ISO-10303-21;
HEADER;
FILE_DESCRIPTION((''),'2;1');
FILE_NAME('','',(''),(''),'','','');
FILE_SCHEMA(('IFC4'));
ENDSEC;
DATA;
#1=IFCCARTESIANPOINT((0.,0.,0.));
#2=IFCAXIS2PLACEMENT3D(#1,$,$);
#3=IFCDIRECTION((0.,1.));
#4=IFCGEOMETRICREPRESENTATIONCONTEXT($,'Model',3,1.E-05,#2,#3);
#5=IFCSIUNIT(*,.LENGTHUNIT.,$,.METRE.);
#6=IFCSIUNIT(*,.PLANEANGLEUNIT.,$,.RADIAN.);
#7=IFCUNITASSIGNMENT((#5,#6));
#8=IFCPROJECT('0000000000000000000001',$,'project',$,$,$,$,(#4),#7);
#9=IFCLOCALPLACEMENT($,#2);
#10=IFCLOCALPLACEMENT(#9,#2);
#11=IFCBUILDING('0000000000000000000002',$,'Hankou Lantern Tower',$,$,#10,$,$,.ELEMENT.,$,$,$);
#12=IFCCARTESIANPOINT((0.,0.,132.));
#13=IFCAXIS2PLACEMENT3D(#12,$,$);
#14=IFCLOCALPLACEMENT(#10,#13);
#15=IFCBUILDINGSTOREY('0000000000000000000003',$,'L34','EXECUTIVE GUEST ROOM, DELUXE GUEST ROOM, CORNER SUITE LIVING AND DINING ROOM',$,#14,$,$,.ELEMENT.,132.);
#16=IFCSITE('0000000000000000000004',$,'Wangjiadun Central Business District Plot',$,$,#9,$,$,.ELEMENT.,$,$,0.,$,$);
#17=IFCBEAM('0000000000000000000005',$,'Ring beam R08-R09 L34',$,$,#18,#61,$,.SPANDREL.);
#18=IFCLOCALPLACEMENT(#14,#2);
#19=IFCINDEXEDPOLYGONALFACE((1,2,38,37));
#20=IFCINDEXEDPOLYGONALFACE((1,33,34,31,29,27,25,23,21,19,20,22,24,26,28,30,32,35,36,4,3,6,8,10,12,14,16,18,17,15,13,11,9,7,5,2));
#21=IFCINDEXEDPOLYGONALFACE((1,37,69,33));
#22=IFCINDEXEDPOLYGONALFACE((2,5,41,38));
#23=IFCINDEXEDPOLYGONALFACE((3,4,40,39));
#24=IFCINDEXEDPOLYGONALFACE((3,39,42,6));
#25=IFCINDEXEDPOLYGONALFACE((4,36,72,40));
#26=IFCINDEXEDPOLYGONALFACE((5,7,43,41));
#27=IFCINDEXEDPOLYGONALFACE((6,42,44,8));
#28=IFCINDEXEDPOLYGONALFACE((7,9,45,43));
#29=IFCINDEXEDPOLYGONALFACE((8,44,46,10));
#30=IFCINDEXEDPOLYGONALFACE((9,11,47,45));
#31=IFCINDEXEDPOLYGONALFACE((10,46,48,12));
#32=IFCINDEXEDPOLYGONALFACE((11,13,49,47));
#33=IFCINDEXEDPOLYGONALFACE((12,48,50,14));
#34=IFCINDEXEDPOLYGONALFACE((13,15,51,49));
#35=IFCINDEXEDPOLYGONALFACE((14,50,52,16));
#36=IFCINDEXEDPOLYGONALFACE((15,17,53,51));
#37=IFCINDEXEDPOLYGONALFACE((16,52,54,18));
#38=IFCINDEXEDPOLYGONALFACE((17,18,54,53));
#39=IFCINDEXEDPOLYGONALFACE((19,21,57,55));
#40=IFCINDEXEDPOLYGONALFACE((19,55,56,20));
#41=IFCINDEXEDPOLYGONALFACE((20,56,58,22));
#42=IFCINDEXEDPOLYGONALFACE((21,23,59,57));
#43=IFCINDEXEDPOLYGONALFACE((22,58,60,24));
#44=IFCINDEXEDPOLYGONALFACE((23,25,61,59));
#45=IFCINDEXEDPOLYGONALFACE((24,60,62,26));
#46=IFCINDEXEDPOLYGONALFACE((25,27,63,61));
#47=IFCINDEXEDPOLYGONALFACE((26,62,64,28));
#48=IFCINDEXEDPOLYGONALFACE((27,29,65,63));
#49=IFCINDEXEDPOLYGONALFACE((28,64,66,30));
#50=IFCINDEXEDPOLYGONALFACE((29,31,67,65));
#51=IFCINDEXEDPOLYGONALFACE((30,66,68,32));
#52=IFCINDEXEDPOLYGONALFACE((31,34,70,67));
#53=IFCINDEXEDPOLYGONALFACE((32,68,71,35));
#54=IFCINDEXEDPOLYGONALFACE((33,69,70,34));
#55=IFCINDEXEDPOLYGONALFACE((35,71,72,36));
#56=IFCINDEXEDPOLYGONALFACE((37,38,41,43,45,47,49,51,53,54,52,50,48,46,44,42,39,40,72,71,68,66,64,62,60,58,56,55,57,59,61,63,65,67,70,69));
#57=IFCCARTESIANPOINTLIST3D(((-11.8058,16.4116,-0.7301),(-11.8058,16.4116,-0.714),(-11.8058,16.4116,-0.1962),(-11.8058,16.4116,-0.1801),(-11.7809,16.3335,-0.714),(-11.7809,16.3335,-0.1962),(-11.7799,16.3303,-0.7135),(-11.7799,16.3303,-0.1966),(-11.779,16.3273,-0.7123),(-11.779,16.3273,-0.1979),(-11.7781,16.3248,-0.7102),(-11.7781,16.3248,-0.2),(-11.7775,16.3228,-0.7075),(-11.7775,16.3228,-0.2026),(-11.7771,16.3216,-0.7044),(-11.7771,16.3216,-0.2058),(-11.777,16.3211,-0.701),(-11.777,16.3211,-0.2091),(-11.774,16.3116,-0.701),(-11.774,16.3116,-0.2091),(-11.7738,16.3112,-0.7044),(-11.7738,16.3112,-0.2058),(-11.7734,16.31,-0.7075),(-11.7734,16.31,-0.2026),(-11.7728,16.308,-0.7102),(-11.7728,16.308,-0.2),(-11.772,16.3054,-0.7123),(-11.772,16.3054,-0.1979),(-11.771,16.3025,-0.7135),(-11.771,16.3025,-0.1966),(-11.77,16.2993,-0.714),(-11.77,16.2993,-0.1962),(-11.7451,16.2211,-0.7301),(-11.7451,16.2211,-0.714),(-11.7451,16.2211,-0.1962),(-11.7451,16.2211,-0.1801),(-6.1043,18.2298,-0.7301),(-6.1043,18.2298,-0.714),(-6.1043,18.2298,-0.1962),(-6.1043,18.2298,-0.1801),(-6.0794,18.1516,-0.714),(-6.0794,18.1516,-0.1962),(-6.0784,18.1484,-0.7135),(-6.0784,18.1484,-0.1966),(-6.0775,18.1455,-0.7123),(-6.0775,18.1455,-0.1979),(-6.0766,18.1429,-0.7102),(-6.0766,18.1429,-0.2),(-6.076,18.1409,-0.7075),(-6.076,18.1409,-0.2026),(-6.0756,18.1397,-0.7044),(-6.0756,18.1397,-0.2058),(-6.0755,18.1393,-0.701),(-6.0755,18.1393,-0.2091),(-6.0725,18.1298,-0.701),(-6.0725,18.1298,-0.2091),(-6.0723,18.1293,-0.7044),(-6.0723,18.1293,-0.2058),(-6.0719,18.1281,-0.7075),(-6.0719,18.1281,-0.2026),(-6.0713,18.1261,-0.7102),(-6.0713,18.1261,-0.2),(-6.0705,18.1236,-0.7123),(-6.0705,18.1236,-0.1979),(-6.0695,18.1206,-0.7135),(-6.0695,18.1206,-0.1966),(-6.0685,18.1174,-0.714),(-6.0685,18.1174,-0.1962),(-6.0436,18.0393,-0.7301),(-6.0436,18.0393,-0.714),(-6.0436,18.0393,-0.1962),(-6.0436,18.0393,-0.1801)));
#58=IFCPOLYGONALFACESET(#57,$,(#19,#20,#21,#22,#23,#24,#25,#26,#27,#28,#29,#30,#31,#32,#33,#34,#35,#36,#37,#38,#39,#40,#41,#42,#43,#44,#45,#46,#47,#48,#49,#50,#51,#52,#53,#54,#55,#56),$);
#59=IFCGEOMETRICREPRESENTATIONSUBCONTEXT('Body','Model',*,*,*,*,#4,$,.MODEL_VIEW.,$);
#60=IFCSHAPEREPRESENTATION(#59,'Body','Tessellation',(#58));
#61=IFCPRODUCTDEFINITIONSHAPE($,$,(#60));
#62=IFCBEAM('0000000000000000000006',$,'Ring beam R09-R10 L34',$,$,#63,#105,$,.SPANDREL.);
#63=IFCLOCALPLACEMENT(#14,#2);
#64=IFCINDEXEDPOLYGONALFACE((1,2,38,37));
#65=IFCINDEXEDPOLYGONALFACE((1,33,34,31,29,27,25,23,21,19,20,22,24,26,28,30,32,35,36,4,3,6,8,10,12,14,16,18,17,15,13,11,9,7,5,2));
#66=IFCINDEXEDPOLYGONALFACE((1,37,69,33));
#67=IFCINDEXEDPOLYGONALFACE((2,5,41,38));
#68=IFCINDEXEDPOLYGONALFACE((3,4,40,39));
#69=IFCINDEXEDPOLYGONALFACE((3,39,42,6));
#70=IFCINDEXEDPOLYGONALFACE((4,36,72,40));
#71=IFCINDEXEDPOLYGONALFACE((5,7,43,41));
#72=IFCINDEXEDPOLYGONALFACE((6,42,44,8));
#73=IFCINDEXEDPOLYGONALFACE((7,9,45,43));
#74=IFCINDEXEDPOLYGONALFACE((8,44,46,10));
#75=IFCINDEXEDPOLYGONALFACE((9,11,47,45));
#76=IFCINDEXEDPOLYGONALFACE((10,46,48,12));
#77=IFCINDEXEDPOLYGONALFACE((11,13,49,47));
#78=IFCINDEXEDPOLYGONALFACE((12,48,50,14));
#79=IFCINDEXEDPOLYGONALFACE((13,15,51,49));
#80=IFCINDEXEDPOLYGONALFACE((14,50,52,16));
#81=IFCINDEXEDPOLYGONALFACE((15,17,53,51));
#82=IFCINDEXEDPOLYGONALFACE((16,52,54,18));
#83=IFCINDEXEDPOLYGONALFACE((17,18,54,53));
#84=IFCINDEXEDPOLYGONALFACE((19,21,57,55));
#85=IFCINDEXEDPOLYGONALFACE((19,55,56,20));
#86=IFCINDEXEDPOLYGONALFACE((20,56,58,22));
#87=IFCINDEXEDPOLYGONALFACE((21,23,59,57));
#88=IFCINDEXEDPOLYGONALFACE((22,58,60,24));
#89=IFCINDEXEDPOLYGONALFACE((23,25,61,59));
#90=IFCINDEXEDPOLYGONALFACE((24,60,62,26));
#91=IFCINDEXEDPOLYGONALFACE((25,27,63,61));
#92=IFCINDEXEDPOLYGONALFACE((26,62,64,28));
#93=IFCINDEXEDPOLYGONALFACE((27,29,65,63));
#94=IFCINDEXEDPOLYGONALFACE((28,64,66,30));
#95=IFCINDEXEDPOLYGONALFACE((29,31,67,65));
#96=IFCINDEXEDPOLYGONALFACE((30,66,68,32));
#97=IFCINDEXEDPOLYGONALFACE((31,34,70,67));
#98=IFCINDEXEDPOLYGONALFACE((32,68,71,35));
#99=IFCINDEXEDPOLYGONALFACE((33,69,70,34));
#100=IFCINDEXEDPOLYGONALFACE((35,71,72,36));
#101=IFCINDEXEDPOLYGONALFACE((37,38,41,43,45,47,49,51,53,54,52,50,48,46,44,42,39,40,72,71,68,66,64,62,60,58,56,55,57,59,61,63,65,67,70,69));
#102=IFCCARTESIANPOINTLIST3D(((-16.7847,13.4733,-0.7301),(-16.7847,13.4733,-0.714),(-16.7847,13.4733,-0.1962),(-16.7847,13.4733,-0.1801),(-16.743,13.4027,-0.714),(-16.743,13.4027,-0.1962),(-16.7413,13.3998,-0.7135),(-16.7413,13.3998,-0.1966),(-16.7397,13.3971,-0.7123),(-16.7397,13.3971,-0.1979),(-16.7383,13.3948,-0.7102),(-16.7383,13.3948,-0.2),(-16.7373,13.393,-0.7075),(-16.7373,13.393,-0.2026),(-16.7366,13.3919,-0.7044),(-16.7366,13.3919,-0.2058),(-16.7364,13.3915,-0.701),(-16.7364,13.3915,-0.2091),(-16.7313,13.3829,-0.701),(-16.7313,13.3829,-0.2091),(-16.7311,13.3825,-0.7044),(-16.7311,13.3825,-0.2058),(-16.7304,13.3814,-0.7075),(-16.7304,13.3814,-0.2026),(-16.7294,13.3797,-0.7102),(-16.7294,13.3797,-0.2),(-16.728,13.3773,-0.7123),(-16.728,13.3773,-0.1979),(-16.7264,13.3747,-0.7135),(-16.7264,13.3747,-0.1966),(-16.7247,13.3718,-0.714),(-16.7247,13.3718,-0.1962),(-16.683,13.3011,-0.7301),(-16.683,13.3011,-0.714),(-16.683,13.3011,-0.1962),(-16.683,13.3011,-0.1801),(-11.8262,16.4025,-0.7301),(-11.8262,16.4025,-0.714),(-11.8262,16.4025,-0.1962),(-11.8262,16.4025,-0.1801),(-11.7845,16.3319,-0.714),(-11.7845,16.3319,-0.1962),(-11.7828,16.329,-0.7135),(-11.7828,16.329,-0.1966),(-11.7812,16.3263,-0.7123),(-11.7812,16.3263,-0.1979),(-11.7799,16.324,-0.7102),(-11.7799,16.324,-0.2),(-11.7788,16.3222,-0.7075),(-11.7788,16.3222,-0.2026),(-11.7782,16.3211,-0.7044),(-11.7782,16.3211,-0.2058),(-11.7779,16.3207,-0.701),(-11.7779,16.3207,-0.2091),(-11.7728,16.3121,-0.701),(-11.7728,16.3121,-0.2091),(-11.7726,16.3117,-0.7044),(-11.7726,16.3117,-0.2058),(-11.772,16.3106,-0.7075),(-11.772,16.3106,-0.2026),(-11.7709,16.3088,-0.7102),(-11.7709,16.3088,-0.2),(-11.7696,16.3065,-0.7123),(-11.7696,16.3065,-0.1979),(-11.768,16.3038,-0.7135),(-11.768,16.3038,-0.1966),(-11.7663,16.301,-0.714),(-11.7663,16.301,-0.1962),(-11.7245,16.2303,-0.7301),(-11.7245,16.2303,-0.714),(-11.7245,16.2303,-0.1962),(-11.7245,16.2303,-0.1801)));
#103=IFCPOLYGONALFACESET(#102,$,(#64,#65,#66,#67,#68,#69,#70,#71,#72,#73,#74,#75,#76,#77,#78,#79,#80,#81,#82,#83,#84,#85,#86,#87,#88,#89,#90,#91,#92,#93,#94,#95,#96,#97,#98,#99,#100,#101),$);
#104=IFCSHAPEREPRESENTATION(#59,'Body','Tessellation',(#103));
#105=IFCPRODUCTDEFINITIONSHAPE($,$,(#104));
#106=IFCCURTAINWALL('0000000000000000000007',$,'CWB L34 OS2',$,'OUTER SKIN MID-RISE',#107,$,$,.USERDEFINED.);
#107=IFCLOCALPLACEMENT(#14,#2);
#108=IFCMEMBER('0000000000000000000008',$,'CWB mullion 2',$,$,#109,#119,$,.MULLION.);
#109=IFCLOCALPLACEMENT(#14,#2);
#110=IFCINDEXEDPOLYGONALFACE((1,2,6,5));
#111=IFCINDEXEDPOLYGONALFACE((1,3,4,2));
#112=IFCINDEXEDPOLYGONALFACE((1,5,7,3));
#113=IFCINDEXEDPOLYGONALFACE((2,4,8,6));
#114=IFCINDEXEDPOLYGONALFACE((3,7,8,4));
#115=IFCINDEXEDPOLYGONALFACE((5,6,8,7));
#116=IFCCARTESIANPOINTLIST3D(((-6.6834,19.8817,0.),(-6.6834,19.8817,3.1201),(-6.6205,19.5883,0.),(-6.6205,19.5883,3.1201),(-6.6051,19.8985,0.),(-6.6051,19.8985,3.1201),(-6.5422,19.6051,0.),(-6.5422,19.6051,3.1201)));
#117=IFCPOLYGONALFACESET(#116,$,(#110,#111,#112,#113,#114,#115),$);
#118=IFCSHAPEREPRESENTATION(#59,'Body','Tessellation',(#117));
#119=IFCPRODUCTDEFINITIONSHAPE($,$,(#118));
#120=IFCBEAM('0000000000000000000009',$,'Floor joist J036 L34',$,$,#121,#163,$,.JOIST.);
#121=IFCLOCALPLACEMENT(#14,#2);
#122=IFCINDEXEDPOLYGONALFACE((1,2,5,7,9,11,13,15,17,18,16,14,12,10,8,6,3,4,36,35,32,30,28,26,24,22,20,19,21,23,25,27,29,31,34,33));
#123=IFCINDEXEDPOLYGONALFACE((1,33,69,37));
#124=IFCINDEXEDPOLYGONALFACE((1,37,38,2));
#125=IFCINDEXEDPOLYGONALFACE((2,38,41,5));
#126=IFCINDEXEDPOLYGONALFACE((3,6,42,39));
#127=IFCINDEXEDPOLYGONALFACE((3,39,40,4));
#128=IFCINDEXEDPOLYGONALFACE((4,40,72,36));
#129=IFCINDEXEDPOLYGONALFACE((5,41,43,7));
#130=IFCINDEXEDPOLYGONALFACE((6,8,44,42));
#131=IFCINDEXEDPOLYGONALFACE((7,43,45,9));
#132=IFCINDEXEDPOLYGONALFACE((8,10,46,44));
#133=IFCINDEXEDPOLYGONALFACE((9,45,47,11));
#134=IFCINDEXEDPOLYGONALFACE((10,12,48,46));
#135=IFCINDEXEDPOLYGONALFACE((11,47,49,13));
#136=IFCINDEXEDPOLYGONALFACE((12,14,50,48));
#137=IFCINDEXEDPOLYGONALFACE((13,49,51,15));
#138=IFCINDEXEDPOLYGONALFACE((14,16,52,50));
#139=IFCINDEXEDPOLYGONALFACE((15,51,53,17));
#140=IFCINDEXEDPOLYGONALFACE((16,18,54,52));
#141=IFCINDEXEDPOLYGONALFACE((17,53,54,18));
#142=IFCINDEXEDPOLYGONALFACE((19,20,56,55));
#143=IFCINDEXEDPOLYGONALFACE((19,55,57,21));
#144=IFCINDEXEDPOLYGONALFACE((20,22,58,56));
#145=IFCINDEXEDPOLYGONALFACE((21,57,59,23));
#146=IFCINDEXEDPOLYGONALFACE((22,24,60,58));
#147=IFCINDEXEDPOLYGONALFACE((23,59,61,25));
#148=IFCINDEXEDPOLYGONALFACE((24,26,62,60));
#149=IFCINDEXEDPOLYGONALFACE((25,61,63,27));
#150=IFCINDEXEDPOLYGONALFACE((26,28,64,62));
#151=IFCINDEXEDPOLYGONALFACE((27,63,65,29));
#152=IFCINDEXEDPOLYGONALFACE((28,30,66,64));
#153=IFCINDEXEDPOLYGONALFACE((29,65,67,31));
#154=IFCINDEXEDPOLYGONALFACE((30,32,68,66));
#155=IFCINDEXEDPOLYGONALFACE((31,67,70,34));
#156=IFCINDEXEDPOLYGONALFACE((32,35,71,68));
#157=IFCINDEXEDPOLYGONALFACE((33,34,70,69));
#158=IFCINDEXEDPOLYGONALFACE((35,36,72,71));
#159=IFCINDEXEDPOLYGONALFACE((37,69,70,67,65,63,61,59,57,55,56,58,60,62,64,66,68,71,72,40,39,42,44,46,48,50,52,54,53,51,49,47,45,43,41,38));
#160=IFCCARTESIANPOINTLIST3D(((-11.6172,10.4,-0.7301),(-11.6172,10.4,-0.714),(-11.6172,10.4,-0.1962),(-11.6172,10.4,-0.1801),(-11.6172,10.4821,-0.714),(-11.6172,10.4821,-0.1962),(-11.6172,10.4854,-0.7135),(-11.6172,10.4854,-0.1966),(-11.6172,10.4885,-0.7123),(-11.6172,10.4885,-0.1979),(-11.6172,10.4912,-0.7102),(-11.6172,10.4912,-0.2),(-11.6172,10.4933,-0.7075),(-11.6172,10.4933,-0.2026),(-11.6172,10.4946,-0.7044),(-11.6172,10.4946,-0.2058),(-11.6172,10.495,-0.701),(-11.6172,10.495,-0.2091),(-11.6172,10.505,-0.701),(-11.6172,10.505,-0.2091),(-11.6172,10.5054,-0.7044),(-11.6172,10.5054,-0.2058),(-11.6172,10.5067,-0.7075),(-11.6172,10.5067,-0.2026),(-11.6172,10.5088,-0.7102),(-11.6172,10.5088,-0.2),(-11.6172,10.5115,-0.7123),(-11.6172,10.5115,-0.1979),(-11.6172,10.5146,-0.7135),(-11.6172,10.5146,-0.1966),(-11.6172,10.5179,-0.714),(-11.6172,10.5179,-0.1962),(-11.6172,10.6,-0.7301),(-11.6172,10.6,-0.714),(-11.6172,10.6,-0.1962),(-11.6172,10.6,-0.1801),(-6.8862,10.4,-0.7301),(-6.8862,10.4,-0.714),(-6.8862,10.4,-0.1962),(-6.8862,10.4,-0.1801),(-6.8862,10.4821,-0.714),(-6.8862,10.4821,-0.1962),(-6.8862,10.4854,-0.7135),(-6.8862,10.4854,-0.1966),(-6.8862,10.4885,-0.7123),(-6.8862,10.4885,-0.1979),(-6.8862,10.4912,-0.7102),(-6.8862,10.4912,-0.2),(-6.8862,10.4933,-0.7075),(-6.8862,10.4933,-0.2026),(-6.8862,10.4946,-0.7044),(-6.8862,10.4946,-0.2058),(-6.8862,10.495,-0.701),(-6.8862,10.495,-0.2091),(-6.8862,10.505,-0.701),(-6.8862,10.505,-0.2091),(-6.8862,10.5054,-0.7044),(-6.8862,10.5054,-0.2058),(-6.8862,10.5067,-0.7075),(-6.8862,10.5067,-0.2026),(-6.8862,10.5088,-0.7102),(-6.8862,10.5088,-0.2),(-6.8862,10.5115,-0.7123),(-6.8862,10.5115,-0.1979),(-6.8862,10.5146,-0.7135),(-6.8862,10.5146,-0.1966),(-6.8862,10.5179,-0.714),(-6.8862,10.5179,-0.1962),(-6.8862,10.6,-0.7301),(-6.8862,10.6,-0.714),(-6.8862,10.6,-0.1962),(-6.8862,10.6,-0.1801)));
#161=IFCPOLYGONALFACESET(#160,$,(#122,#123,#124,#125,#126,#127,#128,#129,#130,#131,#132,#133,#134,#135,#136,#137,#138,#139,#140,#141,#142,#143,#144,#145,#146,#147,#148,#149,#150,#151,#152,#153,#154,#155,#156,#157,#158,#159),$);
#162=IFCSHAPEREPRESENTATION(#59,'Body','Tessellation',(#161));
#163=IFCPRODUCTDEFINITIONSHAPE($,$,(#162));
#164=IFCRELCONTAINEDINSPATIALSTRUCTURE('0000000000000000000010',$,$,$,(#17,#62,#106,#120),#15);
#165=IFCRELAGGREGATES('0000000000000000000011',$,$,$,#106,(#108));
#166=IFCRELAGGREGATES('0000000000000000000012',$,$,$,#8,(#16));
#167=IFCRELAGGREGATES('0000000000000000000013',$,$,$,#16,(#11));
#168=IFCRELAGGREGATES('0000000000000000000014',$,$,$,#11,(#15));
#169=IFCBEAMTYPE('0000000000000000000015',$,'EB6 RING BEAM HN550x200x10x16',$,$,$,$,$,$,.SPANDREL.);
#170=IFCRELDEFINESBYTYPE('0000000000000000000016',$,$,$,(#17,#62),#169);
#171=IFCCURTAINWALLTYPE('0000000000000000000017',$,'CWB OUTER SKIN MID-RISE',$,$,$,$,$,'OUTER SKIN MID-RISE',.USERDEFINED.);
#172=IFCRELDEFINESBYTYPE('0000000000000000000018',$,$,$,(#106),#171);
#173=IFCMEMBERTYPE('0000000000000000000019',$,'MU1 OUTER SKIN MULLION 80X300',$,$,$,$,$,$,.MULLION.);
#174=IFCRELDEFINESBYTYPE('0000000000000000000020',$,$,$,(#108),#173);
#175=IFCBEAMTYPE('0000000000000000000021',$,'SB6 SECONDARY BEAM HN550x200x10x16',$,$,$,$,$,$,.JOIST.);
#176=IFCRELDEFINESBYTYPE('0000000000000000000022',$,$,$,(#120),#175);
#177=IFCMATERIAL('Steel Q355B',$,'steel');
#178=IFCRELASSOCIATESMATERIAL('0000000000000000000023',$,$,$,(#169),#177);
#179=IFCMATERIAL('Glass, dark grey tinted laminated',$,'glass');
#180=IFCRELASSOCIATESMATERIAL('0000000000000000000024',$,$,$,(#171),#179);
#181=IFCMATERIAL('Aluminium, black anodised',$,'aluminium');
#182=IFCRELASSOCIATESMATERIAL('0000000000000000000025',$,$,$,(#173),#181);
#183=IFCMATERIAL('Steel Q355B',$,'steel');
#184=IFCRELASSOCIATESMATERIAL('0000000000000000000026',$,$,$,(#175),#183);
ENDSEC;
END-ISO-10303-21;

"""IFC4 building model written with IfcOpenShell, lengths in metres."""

from ifc_helpers import new_model, si_unit, direction, frame, origin, origin_2d, place, context, subcontext, project, spatial, rectangle, i_section, extrude, material, material_profile, profile_set, type_object, element, aggregate, save


model = new_model("IFC4")

# Units and contexts
model_context = context("Model", 3, precision=1e-05, world=origin(), true_north=direction((0.0, 1.0)))
body_context = subcontext(model_context, "Body", "Model", "MODEL_VIEW")
ifc_project = project(units=[si_unit("LENGTHUNIT", "METRE"), si_unit("PLANEANGLEUNIT", "RADIAN")], contexts=[model_context])

# Site, building, storey
site_placement = place(None, origin())
site = spatial("IfcSite", under=ifc_project, at=site_placement, Name="Wangjiadun Central Business District Plot", CompositionType="ELEMENT", RefElevation=0.0)
building_placement = place(site_placement, origin())
building = spatial("IfcBuilding", under=site, at=building_placement, Name="Hankou Lantern Tower", CompositionType="ELEMENT")
storey_placement = place(building_placement, frame((0.0, 0.0, 132.0)))
storey = spatial("IfcBuildingStorey", under=building, at=storey_placement, Name="L34", Description="EXECUTIVE GUEST ROOM, DELUXE GUEST ROOM, CORNER SUITE LIVING AND DINING ROOM", CompositionType="ELEMENT", Elevation=132.0)

# Beams
ifc_material_1 = material(Name="Steel Q355B", Category="steel")
ifc_material_profile_1 = material_profile(ifc_material_1, i_section(OverallWidth=0.2, OverallDepth=0.55, WebThickness=0.01, FlangeThickness=0.0161, FilletRadius=0.0129, at=origin_2d()), Name="HN550x200x10x16")
ifc_profile_set_1 = profile_set([ifc_material_profile_1], Name="Steel Q355B")
beam_type_1 = type_object("IfcBeamType", Name="EB6 RING BEAM HN550x200x10x16", PredefinedType="SPANDREL", material=ifc_profile_set_1)
beam_1_placement = place(storey_placement, frame((-6.074, 18.1345, -0.4551), z_axis=(-0.952731, -0.303815, 0.0), x_axis=(0.303815, -0.952731, 0.0)))
element("IfcBeam", 1, at=beam_1_placement, inside=storey, type_object=beam_type_1, Name="Ring beam R08-R09 L34", PredefinedType="SPANDREL", context=body_context, shape_type="SweptSolid", body=[
    extrude(i_section(OverallWidth=0.2, OverallDepth=0.55, WebThickness=0.01, FlangeThickness=0.0161, FilletRadius=0.0129, at=origin_2d()), origin(), (0.0, 0.0, 1.0), 5.9844),
])
beam_2_placement = place(storey_placement, frame((-11.7754, 16.3164, -0.4551), z_axis=(-0.860989, -0.508624, 0.0), x_axis=(0.508624, -0.860989, 0.0)))
element("IfcBeam", 2, at=beam_2_placement, inside=storey, type_object=beam_type_1, Name="Ring beam R09-R10 L34", PredefinedType="SPANDREL", context=body_context, shape_type="SweptSolid", body=[
    extrude(i_section(OverallWidth=0.2, OverallDepth=0.55, WebThickness=0.01, FlangeThickness=0.0161, FilletRadius=0.0129, at=origin_2d()), origin(), (0.0, 0.0, 1.0), 5.759),
])

# Curtain wall, member
ifc_material_2 = material(Name="Glass, dark grey tinted laminated", Category="glass")
curtain_wall_type = type_object("IfcCurtainWallType", Name="CWB OUTER SKIN MID-RISE", ElementType="OUTER SKIN MID-RISE", PredefinedType="USERDEFINED", material=ifc_material_2)
curtain_wall_placement = place(storey_placement, origin())
curtain_wall = element("IfcCurtainWall", 3, at=curtain_wall_placement, inside=storey, type_object=curtain_wall_type, Name="CWB L34 OS2", ObjectType="OUTER SKIN MID-RISE", PredefinedType="USERDEFINED")
ifc_material_3 = material(Name="Aluminium, black anodised", Category="aluminium")
ifc_material_profile_2 = material_profile(ifc_material_3, rectangle(XDim=0.0801, YDim=0.3, at=origin_2d()), Name="MU1 80X300")
ifc_profile_set_2 = profile_set([ifc_material_profile_2], Name="Aluminium, black anodised")
member_type_1 = type_object("IfcMemberType", Name="MU1 OUTER SKIN MULLION 80X300", PredefinedType="MULLION", material=ifc_profile_set_2)
member_1_placement = place(storey_placement, frame((-6.6128, 19.7434, 0.0), z_axis=(0.0, 0.0, 1.0), x_axis=(-0.977788, -0.209598, 0.0)))
member_1 = element("IfcMember", 4, at=member_1_placement, type_object=member_type_1, Name="CWB mullion 2", PredefinedType="MULLION", context=body_context, shape_type="SweptSolid", body=[
    extrude(rectangle(XDim=0.0801, YDim=0.3, at=origin_2d()), origin(), (0.0, 0.0, 1.0), 3.1201),
])

# Beam
ifc_material_4 = material(Name="Steel Q355B", Category="steel")
ifc_material_profile_3 = material_profile(ifc_material_4, i_section(OverallWidth=0.2, OverallDepth=0.55, WebThickness=0.01, FlangeThickness=0.0161, FilletRadius=0.0129, at=origin_2d()), Name="HN550x200x10x16")
ifc_profile_set_3 = profile_set([ifc_material_profile_3], Name="Steel Q355B")
beam_type_2 = type_object("IfcBeamType", Name="SB6 SECONDARY BEAM HN550x200x10x16", PredefinedType="JOIST", material=ifc_profile_set_3)
beam_3_placement = place(storey_placement, frame((-11.6172, 10.5, -0.4551), z_axis=(1.0, 0.0, 0.0), x_axis=(0.0, 1.0, 0.0)))
element("IfcBeam", 5, at=beam_3_placement, inside=storey, type_object=beam_type_2, Name="Floor joist J036 L34", PredefinedType="JOIST", context=body_context, shape_type="SweptSolid", body=[
    extrude(i_section(OverallWidth=0.2, OverallDepth=0.55, WebThickness=0.01, FlangeThickness=0.0161, FilletRadius=0.0129, at=origin_2d()), origin(), (0.0, 0.0, 1.0), 4.731),
])

aggregate(curtain_wall, [member_1])

save(model, "model.ifc")
